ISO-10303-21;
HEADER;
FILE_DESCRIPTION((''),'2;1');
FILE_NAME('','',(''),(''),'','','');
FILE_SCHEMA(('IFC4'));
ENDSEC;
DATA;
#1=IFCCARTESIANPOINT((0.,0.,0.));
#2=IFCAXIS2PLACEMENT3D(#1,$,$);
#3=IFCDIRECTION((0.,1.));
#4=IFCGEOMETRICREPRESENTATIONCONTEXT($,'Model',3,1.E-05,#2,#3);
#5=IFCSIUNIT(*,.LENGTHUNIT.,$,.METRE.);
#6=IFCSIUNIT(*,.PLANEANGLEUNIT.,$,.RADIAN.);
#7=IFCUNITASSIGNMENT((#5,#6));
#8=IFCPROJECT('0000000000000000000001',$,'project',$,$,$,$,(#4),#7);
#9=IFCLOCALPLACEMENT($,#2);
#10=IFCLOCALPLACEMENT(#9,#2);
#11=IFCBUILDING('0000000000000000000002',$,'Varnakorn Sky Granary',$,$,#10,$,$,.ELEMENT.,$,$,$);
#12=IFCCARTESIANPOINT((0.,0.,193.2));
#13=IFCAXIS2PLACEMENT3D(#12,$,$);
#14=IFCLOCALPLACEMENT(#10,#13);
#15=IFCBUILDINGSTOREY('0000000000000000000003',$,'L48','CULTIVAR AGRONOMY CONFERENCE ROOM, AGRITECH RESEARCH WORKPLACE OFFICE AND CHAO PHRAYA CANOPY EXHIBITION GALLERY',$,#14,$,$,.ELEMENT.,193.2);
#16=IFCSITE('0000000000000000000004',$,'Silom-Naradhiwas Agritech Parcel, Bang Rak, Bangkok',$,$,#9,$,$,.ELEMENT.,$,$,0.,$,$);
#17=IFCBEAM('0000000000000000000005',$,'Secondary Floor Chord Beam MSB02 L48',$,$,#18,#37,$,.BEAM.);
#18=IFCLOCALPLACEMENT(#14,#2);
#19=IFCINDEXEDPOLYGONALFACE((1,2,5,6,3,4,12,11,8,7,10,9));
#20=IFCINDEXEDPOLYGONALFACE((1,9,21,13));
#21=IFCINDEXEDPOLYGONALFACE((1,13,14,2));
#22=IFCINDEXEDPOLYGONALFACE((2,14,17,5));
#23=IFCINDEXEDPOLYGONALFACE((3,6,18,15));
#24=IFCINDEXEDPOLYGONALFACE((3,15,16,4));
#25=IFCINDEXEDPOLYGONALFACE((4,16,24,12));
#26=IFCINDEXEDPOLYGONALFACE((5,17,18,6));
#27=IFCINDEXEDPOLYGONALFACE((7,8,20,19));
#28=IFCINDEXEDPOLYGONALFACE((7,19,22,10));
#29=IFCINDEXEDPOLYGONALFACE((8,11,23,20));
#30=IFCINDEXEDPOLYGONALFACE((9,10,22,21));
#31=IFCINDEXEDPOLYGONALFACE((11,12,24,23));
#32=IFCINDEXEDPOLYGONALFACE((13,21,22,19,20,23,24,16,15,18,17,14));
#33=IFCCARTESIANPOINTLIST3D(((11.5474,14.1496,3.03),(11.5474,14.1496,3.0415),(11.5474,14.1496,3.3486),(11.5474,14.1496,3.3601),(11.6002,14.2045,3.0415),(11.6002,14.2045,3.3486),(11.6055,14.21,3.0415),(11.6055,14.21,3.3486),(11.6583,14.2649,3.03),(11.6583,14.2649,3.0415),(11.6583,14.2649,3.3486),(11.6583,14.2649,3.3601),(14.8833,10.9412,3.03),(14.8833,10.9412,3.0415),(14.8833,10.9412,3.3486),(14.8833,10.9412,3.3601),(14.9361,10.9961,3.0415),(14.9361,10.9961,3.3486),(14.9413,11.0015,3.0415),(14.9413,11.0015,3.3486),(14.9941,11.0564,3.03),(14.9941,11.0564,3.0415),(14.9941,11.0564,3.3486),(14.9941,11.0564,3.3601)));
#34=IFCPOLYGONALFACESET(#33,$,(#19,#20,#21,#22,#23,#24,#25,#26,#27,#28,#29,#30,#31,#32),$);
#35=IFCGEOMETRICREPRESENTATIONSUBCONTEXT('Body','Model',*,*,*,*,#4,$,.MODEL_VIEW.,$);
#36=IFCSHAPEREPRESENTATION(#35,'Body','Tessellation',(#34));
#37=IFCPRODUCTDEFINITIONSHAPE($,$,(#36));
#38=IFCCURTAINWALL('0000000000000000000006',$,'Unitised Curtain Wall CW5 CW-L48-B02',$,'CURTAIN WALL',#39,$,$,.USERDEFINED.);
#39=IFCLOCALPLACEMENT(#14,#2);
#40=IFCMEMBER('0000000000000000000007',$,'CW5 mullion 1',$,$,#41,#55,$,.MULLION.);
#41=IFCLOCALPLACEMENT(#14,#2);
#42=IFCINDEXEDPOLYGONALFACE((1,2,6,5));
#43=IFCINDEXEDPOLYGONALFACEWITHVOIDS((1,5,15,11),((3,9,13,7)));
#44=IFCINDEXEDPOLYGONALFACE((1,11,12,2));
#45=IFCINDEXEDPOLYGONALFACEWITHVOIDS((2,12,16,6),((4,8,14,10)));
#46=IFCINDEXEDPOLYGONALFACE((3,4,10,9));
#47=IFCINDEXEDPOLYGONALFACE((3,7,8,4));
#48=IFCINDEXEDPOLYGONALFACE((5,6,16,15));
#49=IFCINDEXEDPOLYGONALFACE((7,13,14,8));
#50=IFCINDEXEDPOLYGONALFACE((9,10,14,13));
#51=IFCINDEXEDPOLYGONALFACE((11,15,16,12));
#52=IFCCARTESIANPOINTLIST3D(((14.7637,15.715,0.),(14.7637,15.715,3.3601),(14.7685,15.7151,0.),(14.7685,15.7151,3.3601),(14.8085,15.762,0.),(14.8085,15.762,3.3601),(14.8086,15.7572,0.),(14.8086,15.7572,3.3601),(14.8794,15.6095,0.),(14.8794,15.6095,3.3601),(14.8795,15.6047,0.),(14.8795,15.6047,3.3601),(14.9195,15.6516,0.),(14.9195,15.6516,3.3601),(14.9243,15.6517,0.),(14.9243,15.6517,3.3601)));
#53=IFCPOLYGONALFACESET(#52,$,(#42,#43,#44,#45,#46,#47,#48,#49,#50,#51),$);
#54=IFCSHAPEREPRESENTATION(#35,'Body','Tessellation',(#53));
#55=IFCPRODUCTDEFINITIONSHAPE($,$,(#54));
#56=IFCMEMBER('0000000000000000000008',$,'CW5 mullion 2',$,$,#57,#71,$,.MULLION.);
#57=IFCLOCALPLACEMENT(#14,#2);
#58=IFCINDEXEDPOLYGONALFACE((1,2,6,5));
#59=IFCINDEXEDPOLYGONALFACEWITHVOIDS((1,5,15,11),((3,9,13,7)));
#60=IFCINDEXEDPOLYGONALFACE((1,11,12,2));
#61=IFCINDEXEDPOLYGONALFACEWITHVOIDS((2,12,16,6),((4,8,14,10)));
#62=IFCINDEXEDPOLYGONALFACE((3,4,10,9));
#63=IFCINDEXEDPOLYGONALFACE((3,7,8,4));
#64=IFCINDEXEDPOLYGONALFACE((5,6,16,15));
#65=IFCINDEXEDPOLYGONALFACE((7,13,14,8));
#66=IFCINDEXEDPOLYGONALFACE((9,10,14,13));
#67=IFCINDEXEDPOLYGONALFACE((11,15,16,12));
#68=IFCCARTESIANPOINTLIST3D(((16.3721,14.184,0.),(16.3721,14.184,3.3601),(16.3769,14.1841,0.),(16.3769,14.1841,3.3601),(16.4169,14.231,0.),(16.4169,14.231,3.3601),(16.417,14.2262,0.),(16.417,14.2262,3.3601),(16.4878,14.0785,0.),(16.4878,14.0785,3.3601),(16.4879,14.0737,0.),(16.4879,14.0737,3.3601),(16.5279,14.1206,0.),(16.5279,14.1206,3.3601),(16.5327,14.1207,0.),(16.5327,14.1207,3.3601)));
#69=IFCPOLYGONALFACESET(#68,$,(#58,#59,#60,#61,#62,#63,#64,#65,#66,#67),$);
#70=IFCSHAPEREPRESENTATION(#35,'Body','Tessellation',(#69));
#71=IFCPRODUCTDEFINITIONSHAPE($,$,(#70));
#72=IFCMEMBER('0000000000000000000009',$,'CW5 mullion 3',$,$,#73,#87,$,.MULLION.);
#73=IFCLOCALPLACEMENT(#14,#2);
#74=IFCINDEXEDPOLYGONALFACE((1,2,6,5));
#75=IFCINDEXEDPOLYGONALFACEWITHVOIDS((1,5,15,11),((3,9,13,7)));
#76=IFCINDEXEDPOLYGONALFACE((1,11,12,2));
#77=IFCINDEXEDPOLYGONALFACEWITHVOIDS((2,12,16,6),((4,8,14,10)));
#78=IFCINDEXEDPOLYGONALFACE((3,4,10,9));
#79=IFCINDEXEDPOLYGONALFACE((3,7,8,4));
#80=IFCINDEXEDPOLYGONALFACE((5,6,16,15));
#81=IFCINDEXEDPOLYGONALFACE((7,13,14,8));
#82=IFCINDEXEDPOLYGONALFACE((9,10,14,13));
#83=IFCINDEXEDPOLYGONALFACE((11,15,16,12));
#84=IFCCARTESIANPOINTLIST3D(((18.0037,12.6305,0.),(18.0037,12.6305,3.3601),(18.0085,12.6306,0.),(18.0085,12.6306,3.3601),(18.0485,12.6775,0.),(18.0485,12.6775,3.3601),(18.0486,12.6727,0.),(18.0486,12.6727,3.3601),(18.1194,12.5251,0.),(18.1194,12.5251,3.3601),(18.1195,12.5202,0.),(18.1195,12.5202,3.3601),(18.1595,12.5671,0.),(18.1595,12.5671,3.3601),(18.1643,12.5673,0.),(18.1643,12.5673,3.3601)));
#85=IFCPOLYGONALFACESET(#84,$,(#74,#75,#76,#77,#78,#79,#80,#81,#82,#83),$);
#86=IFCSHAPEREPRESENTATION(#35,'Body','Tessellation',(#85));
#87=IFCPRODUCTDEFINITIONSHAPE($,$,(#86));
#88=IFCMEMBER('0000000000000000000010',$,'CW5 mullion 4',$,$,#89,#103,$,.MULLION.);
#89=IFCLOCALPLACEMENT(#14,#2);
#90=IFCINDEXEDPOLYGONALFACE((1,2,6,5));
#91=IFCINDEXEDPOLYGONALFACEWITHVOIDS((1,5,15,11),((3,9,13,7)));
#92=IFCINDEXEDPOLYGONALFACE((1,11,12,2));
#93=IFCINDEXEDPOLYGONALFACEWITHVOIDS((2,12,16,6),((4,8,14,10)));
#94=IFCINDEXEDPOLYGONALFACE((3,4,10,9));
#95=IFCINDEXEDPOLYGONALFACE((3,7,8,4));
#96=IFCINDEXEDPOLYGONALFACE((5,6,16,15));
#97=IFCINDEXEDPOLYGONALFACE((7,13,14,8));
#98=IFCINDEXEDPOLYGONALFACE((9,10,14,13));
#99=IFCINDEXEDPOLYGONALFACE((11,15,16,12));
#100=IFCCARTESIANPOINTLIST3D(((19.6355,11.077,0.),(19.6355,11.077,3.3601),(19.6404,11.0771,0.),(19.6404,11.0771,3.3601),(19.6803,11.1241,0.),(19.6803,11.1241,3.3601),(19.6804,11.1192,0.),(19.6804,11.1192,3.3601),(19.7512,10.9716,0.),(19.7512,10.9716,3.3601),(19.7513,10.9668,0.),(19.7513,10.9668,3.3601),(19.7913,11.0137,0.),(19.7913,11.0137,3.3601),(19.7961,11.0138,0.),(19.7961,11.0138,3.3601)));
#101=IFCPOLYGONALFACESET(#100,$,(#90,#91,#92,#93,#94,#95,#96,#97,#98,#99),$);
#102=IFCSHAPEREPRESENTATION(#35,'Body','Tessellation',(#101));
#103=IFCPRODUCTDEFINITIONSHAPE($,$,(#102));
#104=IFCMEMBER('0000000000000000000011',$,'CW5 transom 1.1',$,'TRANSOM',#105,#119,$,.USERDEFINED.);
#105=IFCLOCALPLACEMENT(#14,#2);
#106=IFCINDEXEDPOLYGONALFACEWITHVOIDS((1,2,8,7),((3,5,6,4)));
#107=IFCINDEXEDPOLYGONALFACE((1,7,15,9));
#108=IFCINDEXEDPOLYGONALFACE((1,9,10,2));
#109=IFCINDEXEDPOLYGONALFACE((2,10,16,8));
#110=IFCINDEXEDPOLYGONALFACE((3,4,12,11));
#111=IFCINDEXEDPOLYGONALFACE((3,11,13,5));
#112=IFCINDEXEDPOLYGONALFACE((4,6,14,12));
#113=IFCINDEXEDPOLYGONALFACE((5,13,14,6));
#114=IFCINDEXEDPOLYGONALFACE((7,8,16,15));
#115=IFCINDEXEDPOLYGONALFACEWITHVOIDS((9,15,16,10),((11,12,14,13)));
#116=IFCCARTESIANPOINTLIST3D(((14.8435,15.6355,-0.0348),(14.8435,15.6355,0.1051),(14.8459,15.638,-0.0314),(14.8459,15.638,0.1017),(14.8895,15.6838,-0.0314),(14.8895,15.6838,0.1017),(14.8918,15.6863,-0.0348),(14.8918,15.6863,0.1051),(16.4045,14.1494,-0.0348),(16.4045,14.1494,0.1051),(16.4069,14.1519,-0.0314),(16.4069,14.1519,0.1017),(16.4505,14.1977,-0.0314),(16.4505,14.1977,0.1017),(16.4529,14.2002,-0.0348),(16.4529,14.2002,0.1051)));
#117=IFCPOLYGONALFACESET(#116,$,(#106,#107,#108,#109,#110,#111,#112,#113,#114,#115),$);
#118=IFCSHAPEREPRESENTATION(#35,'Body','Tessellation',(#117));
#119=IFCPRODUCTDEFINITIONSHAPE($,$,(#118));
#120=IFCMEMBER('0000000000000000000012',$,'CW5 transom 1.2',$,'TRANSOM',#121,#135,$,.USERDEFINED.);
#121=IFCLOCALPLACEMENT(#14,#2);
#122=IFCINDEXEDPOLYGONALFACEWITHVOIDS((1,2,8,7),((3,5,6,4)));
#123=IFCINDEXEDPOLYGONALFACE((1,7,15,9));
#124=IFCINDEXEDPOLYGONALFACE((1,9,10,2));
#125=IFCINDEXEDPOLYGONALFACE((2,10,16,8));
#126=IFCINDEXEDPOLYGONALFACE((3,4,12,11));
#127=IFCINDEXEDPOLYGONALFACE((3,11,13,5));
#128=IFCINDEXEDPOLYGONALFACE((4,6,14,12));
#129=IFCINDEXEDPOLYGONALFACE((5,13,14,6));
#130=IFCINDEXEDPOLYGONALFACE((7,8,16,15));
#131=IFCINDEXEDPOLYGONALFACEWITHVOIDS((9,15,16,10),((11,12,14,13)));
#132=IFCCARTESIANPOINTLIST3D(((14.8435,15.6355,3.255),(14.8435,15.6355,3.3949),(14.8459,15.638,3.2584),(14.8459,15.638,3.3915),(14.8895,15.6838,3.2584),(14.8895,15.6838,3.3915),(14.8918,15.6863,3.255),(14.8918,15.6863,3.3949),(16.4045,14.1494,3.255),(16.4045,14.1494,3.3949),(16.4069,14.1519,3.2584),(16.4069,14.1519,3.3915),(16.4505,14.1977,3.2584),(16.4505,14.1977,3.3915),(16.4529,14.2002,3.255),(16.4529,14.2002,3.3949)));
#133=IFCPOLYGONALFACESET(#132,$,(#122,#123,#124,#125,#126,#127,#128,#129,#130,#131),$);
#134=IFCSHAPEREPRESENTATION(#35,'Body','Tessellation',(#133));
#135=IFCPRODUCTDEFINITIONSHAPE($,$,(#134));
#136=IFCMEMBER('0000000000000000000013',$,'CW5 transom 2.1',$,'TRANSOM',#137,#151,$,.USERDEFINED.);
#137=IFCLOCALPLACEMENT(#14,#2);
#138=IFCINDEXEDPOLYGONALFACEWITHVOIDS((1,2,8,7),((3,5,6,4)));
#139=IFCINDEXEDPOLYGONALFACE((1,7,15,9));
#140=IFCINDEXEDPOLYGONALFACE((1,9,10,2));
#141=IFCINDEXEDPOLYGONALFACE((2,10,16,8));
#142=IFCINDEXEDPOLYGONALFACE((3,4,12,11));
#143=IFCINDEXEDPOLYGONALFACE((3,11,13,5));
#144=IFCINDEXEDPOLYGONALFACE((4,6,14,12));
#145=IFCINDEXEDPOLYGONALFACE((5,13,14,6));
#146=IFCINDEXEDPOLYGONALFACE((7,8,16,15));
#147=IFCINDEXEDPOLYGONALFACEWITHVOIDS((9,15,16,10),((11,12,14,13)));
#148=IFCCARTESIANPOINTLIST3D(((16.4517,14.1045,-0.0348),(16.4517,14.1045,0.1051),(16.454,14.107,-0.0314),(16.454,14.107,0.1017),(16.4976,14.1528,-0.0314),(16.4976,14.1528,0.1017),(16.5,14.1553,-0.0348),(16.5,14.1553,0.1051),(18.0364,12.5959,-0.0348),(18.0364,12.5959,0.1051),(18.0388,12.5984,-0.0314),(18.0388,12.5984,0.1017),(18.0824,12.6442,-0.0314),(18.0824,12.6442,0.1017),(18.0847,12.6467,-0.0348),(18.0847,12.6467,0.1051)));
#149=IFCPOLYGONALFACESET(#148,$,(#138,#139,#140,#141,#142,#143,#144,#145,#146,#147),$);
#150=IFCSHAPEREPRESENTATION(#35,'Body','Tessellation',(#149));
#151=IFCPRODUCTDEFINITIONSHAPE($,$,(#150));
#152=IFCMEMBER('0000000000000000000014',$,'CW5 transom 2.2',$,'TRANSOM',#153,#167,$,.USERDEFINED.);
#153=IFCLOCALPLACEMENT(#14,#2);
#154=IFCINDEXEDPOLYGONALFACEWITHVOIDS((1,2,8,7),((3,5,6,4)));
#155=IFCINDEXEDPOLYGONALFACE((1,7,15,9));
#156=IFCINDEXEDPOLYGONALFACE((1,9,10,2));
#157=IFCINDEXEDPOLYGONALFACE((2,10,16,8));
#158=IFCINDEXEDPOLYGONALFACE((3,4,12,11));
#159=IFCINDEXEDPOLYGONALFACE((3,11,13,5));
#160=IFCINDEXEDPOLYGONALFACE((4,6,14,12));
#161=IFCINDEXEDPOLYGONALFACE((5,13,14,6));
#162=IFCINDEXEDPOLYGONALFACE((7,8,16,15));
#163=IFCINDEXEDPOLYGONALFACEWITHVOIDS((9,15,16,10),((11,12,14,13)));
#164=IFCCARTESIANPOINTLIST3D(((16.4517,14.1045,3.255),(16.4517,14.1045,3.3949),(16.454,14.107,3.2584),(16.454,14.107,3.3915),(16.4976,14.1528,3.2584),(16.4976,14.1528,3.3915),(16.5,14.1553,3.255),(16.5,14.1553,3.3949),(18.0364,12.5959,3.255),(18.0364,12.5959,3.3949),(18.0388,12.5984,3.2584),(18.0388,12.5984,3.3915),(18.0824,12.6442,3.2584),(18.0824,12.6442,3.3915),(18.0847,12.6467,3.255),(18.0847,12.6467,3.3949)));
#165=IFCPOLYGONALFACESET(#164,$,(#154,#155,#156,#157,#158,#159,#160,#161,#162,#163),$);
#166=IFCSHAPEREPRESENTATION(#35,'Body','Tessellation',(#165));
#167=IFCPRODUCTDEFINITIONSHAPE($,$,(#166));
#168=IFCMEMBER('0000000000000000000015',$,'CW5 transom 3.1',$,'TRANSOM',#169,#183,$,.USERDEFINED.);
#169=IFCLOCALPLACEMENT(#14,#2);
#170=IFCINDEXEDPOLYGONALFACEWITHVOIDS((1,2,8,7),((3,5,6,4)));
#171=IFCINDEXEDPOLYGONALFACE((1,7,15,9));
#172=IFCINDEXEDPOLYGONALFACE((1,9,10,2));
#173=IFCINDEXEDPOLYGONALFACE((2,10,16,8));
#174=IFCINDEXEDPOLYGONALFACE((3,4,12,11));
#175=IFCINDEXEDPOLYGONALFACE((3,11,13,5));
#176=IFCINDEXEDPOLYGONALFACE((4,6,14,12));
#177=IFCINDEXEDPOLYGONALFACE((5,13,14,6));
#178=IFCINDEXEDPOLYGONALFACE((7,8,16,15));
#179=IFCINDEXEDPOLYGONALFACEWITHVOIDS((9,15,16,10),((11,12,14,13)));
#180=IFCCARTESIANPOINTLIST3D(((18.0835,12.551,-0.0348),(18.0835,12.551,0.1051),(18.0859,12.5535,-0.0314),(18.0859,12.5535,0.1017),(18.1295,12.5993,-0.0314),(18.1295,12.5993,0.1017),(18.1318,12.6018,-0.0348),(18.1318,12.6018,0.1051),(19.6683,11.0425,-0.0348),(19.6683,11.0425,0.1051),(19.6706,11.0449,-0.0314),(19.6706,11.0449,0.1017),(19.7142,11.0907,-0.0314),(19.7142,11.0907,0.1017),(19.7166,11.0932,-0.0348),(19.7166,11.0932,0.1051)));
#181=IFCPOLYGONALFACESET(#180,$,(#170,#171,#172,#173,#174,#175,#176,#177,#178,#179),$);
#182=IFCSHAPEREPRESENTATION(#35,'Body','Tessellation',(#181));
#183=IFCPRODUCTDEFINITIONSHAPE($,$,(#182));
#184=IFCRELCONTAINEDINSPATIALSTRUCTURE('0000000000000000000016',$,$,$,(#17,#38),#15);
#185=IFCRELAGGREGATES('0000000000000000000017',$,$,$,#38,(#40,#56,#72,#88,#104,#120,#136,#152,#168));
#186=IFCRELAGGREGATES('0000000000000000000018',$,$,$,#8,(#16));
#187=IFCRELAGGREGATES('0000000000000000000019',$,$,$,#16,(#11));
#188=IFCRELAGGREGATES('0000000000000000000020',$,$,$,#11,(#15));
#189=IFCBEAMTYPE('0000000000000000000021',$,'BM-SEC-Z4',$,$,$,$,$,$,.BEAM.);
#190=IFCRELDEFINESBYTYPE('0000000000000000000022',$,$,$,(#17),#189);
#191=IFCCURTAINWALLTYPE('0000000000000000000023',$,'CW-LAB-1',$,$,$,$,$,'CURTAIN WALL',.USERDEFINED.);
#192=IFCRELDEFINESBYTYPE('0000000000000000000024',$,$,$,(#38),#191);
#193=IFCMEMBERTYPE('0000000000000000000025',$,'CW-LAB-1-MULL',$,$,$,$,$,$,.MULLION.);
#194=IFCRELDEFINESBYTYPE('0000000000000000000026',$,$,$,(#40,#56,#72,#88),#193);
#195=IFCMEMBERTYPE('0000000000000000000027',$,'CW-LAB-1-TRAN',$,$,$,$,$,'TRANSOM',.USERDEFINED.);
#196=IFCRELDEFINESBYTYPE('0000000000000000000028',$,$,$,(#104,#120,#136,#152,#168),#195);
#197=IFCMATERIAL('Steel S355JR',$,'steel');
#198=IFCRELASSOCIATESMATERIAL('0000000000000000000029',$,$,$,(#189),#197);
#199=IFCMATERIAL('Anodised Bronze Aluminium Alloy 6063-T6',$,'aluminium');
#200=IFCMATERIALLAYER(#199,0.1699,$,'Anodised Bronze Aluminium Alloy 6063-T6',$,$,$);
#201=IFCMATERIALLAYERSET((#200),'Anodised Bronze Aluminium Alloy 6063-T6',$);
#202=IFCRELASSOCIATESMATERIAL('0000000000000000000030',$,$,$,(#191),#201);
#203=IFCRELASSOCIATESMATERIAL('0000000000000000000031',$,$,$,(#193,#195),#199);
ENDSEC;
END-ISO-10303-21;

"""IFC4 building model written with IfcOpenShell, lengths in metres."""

from ifc_helpers import new_model, si_unit, direction, frame, origin, origin_2d, place, context, subcontext, project, spatial, hollow_rectangle, i_section, extrude, material, layer, layer_set, material_profile, profile_set, type_object, element, aggregate, save


model = new_model("IFC4")

# Units and contexts
model_context = context("Model", 3, precision=1e-05, world=origin(), true_north=direction((0.0, 1.0)))
body_context = subcontext(model_context, "Body", "Model", "MODEL_VIEW")
ifc_project = project(units=[si_unit("LENGTHUNIT", "METRE"), si_unit("PLANEANGLEUNIT", "RADIAN")], contexts=[model_context])

# Site, building, storey
site_placement = place(None, origin())
site = spatial("IfcSite", under=ifc_project, at=site_placement, Name="Silom-Naradhiwas Agritech Parcel, Bang Rak, Bangkok", CompositionType="ELEMENT", RefElevation=0.0)
building_placement = place(site_placement, origin())
building = spatial("IfcBuilding", under=site, at=building_placement, Name="Varnakorn Sky Granary", CompositionType="ELEMENT")
storey_placement = place(building_placement, frame((0.0, 0.0, 193.2)))
storey = spatial("IfcBuildingStorey", under=building, at=storey_placement, Name="L48", Description="CULTIVAR AGRONOMY CONFERENCE ROOM, AGRITECH RESEARCH WORKPLACE OFFICE AND CHAO PHRAYA CANOPY EXHIBITION GALLERY", CompositionType="ELEMENT", Elevation=193.2)

# Beam
ifc_material_1 = material(Name="Steel S355JR", Category="steel")
ifc_material_profile_1 = material_profile(ifc_material_1, i_section(OverallWidth=0.1599, OverallDepth=0.3301, WebThickness=0.0076, FlangeThickness=0.0115, at=origin_2d()), Name="IPE 330")
ifc_profile_set_1 = profile_set([ifc_material_profile_1], Name="Steel S355JR")
beam_type = type_object("IfcBeamType", Name="BM-SEC-Z4", PredefinedType="BEAM", material=ifc_profile_set_1)
beam_placement = place(storey_placement, frame((14.9387, 10.9988, 3.1951), z_axis=(-0.72074, 0.693206, 0.0), x_axis=(-0.693206, -0.72074, 0.0)))
element("IfcBeam", 1, at=beam_placement, inside=storey, type_object=beam_type, Name="Secondary Floor Chord Beam MSB02 L48", PredefinedType="BEAM", context=body_context, shape_type="SweptSolid", body=[
    extrude(i_section(OverallWidth=0.1599, OverallDepth=0.3301, WebThickness=0.0076, FlangeThickness=0.0115, at=origin_2d()), origin(), (0.0, 0.0, 1.0), 4.6284),
])

# Curtain wall, members
ifc_material_2 = material(Name="Anodised Bronze Aluminium Alloy 6063-T6", Category="aluminium")
ifc_layer_1 = layer(ifc_material_2, 0.1699, Name="Anodised Bronze Aluminium Alloy 6063-T6")
ifc_layer_set_1 = layer_set([ifc_layer_1], Name="Anodised Bronze Aluminium Alloy 6063-T6")
curtain_wall_type = type_object("IfcCurtainWallType", Name="CW-LAB-1", ElementType="CURTAIN WALL", PredefinedType="USERDEFINED", material=ifc_layer_set_1)
curtain_wall_placement = place(storey_placement, origin())
curtain_wall = element("IfcCurtainWall", 2, at=curtain_wall_placement, inside=storey, type_object=curtain_wall_type, Name="Unitised Curtain Wall CW5 CW-L48-B02", ObjectType="CURTAIN WALL", PredefinedType="USERDEFINED")
ifc_material_profile_2 = material_profile(ifc_material_2, hollow_rectangle(XDim=0.0649, YDim=0.1599, WallThickness=0.0034, at=origin_2d()), Name="ALU MULL 65x160")
ifc_profile_set_2 = profile_set([ifc_material_profile_2], Name="Anodised Bronze Aluminium Alloy 6063-T6")
member_type_1 = type_object("IfcMemberType", Name="CW-LAB-1-MULL", PredefinedType="MULLION", material=ifc_profile_set_2)
member_1_placement = place(storey_placement, frame((14.844, 15.6833, 0.0), z_axis=(0.0, 0.0, 1.0), x_axis=(0.689516, 0.72427, 0.0)))
member_1 = element("IfcMember", 3, at=member_1_placement, type_object=member_type_1, Name="CW5 mullion 1", PredefinedType="MULLION", context=body_context, shape_type="SweptSolid", body=[
    extrude(hollow_rectangle(XDim=0.0649, YDim=0.1599, WallThickness=0.0034, at=origin_2d()), origin(), (0.0, 0.0, 1.0), 3.3601),
])
member_2_placement = place(storey_placement, frame((16.4524, 14.1523, 0.0), z_axis=(0.0, 0.0, 1.0), x_axis=(0.689516, 0.72427, 0.0)))
member_2 = element("IfcMember", 4, at=member_2_placement, type_object=member_type_1, Name="CW5 mullion 2", PredefinedType="MULLION", context=body_context, shape_type="SweptSolid", body=[
    extrude(hollow_rectangle(XDim=0.0649, YDim=0.1599, WallThickness=0.0034, at=origin_2d()), origin(), (0.0, 0.0, 1.0), 3.3601),
])
member_3_placement = place(storey_placement, frame((18.084, 12.5989, 0.0), z_axis=(0.0, 0.0, 1.0), x_axis=(0.689516, 0.72427, 0.0)))
member_3 = element("IfcMember", 5, at=member_3_placement, type_object=member_type_1, Name="CW5 mullion 3", PredefinedType="MULLION", context=body_context, shape_type="SweptSolid", body=[
    extrude(hollow_rectangle(XDim=0.0649, YDim=0.1599, WallThickness=0.0034, at=origin_2d()), origin(), (0.0, 0.0, 1.0), 3.3601),
])
member_4_placement = place(storey_placement, frame((19.7158, 11.0454, 0.0), z_axis=(0.0, 0.0, 1.0), x_axis=(0.689516, 0.72427, 0.0)))
member_4 = element("IfcMember", 6, at=member_4_placement, type_object=member_type_1, Name="CW5 mullion 4", PredefinedType="MULLION", context=body_context, shape_type="SweptSolid", body=[
    extrude(hollow_rectangle(XDim=0.0649, YDim=0.1599, WallThickness=0.0034, at=origin_2d()), origin(), (0.0, 0.0, 1.0), 3.3601),
])
ifc_material_profile_3 = material_profile(ifc_material_2, hollow_rectangle(XDim=0.0701, YDim=0.1399, WallThickness=0.0034, at=origin_2d()), Name="ALU TRAN 70x140")
ifc_profile_set_3 = profile_set([ifc_material_profile_3], Name="Anodised Bronze Aluminium Alloy 6063-T6")
member_type_2 = type_object("IfcMemberType", Name="CW-LAB-1-TRAN", ElementType="TRANSOM", PredefinedType="USERDEFINED", material=ifc_profile_set_3)
member_5_placement = place(storey_placement, frame((14.8677, 15.6609, 0.0352), z_axis=(0.724281, -0.689505, 0.0), x_axis=(0.689505, 0.724281, 0.0)))
member_5 = element("IfcMember", 7, at=member_5_placement, type_object=member_type_2, Name="CW5 transom 1.1", ObjectType="TRANSOM", PredefinedType="USERDEFINED", context=body_context, shape_type="SweptSolid", body=[
    extrude(hollow_rectangle(XDim=0.0701, YDim=0.1399, WallThickness=0.0034, at=origin_2d()), origin(), (0.0, 0.0, 1.0), 2.1553),
])
member_6_placement = place(storey_placement, frame((14.8677, 15.6609, 3.325), z_axis=(0.724281, -0.689505, 0.0), x_axis=(0.689505, 0.724281, 0.0)))
member_6 = element("IfcMember", 8, at=member_6_placement, type_object=member_type_2, Name="CW5 transom 1.2", ObjectType="TRANSOM", PredefinedType="USERDEFINED", context=body_context, shape_type="SweptSolid", body=[
    extrude(hollow_rectangle(XDim=0.0701, YDim=0.1399, WallThickness=0.0034, at=origin_2d()), origin(), (0.0, 0.0, 1.0), 2.1553),
])
member_7_placement = place(storey_placement, frame((16.4758, 14.1299, 0.0352), z_axis=(0.7243, -0.689485, 0.0), x_axis=(0.689485, 0.7243, 0.0)))
member_7 = element("IfcMember", 9, at=member_7_placement, type_object=member_type_2, Name="CW5 transom 2.1", ObjectType="TRANSOM", PredefinedType="USERDEFINED", context=body_context, shape_type="SweptSolid", body=[
    extrude(hollow_rectangle(XDim=0.0701, YDim=0.1399, WallThickness=0.0034, at=origin_2d()), origin(), (0.0, 0.0, 1.0), 2.188),
])
member_8_placement = place(storey_placement, frame((16.4758, 14.1299, 3.325), z_axis=(0.7243, -0.689485, 0.0), x_axis=(0.689485, 0.7243, 0.0)))
member_8 = element("IfcMember", 10, at=member_8_placement, type_object=member_type_2, Name="CW5 transom 2.2", ObjectType="TRANSOM", PredefinedType="USERDEFINED", context=body_context, shape_type="SweptSolid", body=[
    extrude(hollow_rectangle(XDim=0.0701, YDim=0.1399, WallThickness=0.0034, at=origin_2d()), origin(), (0.0, 0.0, 1.0), 2.188),
])
member_9_placement = place(storey_placement, frame((18.1077, 12.5764, 0.0352), z_axis=(0.7243, -0.689485, 0.0), x_axis=(0.689485, 0.7243, 0.0)))
member_9 = element("IfcMember", 11, at=member_9_placement, type_object=member_type_2, Name="CW5 transom 3.1", ObjectType="TRANSOM", PredefinedType="USERDEFINED", context=body_context, shape_type="SweptSolid", body=[
    extrude(hollow_rectangle(XDim=0.0701, YDim=0.1399, WallThickness=0.0034, at=origin_2d()), origin(), (0.0, 0.0, 1.0), 2.188),
])

aggregate(curtain_wall, [member_1, member_2, member_3, member_4, member_5, member_6, member_7, member_8, member_9])

save(model, "model.ifc")
